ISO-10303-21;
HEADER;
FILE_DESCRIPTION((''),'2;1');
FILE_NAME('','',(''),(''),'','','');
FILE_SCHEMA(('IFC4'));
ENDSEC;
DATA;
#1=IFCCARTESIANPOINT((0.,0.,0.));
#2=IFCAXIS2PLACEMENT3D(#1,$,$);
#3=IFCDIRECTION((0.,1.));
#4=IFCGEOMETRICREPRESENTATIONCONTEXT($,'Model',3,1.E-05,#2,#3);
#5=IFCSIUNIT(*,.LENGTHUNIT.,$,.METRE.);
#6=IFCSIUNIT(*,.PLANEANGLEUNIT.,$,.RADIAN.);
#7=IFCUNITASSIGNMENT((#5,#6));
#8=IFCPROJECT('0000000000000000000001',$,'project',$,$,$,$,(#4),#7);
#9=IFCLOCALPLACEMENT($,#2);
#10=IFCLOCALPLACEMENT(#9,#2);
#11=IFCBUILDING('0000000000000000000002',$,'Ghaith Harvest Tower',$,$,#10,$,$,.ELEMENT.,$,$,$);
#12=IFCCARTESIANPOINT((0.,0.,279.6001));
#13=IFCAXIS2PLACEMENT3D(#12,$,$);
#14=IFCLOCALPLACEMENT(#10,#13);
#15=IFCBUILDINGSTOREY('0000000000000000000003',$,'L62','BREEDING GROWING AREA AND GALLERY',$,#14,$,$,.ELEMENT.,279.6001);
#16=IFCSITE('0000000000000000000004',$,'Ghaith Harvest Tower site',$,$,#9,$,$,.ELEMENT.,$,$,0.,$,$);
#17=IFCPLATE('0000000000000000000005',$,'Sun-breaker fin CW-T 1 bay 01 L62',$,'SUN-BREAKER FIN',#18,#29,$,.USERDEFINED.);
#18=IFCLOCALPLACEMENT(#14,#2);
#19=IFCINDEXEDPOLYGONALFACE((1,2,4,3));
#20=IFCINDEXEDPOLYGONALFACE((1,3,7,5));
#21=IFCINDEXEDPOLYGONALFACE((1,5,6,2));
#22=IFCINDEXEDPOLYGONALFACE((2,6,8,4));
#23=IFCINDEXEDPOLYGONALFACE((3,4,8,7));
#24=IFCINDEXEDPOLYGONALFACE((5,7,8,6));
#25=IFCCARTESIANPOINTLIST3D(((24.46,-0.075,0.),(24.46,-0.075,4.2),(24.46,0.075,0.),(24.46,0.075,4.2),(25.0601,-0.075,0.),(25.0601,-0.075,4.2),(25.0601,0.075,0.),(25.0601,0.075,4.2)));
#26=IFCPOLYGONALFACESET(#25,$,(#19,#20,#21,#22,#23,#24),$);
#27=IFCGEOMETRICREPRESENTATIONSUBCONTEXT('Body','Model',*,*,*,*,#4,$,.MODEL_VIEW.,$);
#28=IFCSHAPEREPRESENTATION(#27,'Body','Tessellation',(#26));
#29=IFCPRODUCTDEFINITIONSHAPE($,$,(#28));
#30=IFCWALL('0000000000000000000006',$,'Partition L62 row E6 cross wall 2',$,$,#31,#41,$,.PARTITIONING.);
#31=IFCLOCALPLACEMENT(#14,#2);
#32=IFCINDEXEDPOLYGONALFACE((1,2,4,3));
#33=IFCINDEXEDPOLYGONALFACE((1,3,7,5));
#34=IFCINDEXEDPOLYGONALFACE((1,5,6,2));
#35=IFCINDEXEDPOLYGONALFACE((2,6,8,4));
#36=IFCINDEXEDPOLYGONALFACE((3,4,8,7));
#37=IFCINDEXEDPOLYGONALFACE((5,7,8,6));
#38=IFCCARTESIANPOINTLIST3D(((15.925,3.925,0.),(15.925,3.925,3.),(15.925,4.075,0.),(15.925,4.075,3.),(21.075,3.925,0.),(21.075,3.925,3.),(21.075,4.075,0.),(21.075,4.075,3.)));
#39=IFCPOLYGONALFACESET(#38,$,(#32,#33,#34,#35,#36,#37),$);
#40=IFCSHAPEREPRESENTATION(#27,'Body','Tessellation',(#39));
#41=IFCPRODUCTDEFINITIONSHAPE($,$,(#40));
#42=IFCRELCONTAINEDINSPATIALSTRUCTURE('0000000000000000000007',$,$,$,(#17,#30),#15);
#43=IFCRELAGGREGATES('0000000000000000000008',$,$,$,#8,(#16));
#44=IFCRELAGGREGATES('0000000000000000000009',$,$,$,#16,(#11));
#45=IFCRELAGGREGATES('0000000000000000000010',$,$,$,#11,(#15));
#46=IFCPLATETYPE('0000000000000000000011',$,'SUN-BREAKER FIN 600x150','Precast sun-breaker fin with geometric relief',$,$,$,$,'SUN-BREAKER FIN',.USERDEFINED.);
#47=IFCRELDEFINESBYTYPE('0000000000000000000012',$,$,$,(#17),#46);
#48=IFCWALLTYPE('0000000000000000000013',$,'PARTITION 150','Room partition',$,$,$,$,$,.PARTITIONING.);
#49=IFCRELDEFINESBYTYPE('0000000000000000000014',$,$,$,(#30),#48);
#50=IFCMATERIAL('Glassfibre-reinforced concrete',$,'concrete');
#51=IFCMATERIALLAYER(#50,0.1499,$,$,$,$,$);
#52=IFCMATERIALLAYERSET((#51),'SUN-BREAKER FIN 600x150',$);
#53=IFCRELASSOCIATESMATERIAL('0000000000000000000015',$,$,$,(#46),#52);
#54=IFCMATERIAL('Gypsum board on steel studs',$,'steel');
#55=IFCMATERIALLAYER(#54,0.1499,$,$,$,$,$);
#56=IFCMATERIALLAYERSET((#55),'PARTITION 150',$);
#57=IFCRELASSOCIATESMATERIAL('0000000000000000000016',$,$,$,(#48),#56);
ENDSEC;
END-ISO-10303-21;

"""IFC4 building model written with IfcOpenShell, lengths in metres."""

from ifc_helpers import new_model, si_unit, direction, frame, frame_2d, origin, origin_2d, place, context, subcontext, project, spatial, rectangle, extrude, material, layer, layer_set, type_object, element, save


model = new_model("IFC4")

# Units and contexts
model_context = context("Model", 3, precision=1e-05, world=origin(), true_north=direction((0.0, 1.0)))
body_context = subcontext(model_context, "Body", "Model", "MODEL_VIEW")
ifc_project = project(units=[si_unit("LENGTHUNIT", "METRE"), si_unit("PLANEANGLEUNIT", "RADIAN")], contexts=[model_context])

# Site, building, storey
site_placement = place(None, origin())
site = spatial("IfcSite", under=ifc_project, at=site_placement, Name="Ghaith Harvest Tower site", CompositionType="ELEMENT", RefElevation=0.0)
building_placement = place(site_placement, origin())
building = spatial("IfcBuilding", under=site, at=building_placement, Name="Ghaith Harvest Tower", CompositionType="ELEMENT")
storey_placement = place(building_placement, frame((0.0, 0.0, 279.6001)))
storey = spatial("IfcBuildingStorey", under=building, at=storey_placement, Name="L62", Description="BREEDING GROWING AREA AND GALLERY", CompositionType="ELEMENT", Elevation=279.6001)

# Plate
ifc_material_1 = material(Name="Glassfibre-reinforced concrete", Category="concrete")
ifc_layer_1 = layer(ifc_material_1, 0.1499)
ifc_layer_set_1 = layer_set([ifc_layer_1], Name="SUN-BREAKER FIN 600x150")
plate_type_1 = type_object("IfcPlateType", Name="SUN-BREAKER FIN 600x150", Description="Precast sun-breaker fin with geometric relief", ElementType="SUN-BREAKER FIN", PredefinedType="USERDEFINED", material=ifc_layer_set_1)
plate_1_placement = place(storey_placement, frame((24.76, 0.0, 0.0), z_axis=(0.0, 0.0, 1.0), x_axis=(1.0, 0.0, 0.0)))
element("IfcPlate", 1, at=plate_1_placement, inside=storey, type_object=plate_type_1, Name="Sun-breaker fin CW-T 1 bay 01 L62", ObjectType="SUN-BREAKER FIN", PredefinedType="USERDEFINED", context=body_context, shape_type="SweptSolid", body=[
    extrude(rectangle(XDim=0.6001, YDim=0.1499, at=origin_2d()), origin(), (0.0, 0.0, 1.0), 4.2),
])

# Wall
ifc_material_2 = material(Name="Gypsum board on steel studs", Category="steel")
ifc_layer_2 = layer(ifc_material_2, 0.1499)
ifc_layer_set_2 = layer_set([ifc_layer_2], Name="PARTITION 150")
wall_type = type_object("IfcWallType", Name="PARTITION 150", Description="Room partition", PredefinedType="PARTITIONING", material=ifc_layer_set_2)
wall_placement = place(storey_placement, frame((15.925, 4.0, 0.0), z_axis=(0.0, 0.0, 1.0), x_axis=(1.0, 0.0, 0.0)))
element("IfcWall", 2, at=wall_placement, inside=storey, type_object=wall_type, Name="Partition L62 row E6 cross wall 2", PredefinedType="PARTITIONING", context=body_context, shape_type="SweptSolid", body=[
    extrude(rectangle(XDim=5.1499, YDim=0.1499, at=frame_2d((2.575, 0.0))), origin(), (0.0, 0.0, 1.0), 3.0),
])

save(model, "model.ifc")
